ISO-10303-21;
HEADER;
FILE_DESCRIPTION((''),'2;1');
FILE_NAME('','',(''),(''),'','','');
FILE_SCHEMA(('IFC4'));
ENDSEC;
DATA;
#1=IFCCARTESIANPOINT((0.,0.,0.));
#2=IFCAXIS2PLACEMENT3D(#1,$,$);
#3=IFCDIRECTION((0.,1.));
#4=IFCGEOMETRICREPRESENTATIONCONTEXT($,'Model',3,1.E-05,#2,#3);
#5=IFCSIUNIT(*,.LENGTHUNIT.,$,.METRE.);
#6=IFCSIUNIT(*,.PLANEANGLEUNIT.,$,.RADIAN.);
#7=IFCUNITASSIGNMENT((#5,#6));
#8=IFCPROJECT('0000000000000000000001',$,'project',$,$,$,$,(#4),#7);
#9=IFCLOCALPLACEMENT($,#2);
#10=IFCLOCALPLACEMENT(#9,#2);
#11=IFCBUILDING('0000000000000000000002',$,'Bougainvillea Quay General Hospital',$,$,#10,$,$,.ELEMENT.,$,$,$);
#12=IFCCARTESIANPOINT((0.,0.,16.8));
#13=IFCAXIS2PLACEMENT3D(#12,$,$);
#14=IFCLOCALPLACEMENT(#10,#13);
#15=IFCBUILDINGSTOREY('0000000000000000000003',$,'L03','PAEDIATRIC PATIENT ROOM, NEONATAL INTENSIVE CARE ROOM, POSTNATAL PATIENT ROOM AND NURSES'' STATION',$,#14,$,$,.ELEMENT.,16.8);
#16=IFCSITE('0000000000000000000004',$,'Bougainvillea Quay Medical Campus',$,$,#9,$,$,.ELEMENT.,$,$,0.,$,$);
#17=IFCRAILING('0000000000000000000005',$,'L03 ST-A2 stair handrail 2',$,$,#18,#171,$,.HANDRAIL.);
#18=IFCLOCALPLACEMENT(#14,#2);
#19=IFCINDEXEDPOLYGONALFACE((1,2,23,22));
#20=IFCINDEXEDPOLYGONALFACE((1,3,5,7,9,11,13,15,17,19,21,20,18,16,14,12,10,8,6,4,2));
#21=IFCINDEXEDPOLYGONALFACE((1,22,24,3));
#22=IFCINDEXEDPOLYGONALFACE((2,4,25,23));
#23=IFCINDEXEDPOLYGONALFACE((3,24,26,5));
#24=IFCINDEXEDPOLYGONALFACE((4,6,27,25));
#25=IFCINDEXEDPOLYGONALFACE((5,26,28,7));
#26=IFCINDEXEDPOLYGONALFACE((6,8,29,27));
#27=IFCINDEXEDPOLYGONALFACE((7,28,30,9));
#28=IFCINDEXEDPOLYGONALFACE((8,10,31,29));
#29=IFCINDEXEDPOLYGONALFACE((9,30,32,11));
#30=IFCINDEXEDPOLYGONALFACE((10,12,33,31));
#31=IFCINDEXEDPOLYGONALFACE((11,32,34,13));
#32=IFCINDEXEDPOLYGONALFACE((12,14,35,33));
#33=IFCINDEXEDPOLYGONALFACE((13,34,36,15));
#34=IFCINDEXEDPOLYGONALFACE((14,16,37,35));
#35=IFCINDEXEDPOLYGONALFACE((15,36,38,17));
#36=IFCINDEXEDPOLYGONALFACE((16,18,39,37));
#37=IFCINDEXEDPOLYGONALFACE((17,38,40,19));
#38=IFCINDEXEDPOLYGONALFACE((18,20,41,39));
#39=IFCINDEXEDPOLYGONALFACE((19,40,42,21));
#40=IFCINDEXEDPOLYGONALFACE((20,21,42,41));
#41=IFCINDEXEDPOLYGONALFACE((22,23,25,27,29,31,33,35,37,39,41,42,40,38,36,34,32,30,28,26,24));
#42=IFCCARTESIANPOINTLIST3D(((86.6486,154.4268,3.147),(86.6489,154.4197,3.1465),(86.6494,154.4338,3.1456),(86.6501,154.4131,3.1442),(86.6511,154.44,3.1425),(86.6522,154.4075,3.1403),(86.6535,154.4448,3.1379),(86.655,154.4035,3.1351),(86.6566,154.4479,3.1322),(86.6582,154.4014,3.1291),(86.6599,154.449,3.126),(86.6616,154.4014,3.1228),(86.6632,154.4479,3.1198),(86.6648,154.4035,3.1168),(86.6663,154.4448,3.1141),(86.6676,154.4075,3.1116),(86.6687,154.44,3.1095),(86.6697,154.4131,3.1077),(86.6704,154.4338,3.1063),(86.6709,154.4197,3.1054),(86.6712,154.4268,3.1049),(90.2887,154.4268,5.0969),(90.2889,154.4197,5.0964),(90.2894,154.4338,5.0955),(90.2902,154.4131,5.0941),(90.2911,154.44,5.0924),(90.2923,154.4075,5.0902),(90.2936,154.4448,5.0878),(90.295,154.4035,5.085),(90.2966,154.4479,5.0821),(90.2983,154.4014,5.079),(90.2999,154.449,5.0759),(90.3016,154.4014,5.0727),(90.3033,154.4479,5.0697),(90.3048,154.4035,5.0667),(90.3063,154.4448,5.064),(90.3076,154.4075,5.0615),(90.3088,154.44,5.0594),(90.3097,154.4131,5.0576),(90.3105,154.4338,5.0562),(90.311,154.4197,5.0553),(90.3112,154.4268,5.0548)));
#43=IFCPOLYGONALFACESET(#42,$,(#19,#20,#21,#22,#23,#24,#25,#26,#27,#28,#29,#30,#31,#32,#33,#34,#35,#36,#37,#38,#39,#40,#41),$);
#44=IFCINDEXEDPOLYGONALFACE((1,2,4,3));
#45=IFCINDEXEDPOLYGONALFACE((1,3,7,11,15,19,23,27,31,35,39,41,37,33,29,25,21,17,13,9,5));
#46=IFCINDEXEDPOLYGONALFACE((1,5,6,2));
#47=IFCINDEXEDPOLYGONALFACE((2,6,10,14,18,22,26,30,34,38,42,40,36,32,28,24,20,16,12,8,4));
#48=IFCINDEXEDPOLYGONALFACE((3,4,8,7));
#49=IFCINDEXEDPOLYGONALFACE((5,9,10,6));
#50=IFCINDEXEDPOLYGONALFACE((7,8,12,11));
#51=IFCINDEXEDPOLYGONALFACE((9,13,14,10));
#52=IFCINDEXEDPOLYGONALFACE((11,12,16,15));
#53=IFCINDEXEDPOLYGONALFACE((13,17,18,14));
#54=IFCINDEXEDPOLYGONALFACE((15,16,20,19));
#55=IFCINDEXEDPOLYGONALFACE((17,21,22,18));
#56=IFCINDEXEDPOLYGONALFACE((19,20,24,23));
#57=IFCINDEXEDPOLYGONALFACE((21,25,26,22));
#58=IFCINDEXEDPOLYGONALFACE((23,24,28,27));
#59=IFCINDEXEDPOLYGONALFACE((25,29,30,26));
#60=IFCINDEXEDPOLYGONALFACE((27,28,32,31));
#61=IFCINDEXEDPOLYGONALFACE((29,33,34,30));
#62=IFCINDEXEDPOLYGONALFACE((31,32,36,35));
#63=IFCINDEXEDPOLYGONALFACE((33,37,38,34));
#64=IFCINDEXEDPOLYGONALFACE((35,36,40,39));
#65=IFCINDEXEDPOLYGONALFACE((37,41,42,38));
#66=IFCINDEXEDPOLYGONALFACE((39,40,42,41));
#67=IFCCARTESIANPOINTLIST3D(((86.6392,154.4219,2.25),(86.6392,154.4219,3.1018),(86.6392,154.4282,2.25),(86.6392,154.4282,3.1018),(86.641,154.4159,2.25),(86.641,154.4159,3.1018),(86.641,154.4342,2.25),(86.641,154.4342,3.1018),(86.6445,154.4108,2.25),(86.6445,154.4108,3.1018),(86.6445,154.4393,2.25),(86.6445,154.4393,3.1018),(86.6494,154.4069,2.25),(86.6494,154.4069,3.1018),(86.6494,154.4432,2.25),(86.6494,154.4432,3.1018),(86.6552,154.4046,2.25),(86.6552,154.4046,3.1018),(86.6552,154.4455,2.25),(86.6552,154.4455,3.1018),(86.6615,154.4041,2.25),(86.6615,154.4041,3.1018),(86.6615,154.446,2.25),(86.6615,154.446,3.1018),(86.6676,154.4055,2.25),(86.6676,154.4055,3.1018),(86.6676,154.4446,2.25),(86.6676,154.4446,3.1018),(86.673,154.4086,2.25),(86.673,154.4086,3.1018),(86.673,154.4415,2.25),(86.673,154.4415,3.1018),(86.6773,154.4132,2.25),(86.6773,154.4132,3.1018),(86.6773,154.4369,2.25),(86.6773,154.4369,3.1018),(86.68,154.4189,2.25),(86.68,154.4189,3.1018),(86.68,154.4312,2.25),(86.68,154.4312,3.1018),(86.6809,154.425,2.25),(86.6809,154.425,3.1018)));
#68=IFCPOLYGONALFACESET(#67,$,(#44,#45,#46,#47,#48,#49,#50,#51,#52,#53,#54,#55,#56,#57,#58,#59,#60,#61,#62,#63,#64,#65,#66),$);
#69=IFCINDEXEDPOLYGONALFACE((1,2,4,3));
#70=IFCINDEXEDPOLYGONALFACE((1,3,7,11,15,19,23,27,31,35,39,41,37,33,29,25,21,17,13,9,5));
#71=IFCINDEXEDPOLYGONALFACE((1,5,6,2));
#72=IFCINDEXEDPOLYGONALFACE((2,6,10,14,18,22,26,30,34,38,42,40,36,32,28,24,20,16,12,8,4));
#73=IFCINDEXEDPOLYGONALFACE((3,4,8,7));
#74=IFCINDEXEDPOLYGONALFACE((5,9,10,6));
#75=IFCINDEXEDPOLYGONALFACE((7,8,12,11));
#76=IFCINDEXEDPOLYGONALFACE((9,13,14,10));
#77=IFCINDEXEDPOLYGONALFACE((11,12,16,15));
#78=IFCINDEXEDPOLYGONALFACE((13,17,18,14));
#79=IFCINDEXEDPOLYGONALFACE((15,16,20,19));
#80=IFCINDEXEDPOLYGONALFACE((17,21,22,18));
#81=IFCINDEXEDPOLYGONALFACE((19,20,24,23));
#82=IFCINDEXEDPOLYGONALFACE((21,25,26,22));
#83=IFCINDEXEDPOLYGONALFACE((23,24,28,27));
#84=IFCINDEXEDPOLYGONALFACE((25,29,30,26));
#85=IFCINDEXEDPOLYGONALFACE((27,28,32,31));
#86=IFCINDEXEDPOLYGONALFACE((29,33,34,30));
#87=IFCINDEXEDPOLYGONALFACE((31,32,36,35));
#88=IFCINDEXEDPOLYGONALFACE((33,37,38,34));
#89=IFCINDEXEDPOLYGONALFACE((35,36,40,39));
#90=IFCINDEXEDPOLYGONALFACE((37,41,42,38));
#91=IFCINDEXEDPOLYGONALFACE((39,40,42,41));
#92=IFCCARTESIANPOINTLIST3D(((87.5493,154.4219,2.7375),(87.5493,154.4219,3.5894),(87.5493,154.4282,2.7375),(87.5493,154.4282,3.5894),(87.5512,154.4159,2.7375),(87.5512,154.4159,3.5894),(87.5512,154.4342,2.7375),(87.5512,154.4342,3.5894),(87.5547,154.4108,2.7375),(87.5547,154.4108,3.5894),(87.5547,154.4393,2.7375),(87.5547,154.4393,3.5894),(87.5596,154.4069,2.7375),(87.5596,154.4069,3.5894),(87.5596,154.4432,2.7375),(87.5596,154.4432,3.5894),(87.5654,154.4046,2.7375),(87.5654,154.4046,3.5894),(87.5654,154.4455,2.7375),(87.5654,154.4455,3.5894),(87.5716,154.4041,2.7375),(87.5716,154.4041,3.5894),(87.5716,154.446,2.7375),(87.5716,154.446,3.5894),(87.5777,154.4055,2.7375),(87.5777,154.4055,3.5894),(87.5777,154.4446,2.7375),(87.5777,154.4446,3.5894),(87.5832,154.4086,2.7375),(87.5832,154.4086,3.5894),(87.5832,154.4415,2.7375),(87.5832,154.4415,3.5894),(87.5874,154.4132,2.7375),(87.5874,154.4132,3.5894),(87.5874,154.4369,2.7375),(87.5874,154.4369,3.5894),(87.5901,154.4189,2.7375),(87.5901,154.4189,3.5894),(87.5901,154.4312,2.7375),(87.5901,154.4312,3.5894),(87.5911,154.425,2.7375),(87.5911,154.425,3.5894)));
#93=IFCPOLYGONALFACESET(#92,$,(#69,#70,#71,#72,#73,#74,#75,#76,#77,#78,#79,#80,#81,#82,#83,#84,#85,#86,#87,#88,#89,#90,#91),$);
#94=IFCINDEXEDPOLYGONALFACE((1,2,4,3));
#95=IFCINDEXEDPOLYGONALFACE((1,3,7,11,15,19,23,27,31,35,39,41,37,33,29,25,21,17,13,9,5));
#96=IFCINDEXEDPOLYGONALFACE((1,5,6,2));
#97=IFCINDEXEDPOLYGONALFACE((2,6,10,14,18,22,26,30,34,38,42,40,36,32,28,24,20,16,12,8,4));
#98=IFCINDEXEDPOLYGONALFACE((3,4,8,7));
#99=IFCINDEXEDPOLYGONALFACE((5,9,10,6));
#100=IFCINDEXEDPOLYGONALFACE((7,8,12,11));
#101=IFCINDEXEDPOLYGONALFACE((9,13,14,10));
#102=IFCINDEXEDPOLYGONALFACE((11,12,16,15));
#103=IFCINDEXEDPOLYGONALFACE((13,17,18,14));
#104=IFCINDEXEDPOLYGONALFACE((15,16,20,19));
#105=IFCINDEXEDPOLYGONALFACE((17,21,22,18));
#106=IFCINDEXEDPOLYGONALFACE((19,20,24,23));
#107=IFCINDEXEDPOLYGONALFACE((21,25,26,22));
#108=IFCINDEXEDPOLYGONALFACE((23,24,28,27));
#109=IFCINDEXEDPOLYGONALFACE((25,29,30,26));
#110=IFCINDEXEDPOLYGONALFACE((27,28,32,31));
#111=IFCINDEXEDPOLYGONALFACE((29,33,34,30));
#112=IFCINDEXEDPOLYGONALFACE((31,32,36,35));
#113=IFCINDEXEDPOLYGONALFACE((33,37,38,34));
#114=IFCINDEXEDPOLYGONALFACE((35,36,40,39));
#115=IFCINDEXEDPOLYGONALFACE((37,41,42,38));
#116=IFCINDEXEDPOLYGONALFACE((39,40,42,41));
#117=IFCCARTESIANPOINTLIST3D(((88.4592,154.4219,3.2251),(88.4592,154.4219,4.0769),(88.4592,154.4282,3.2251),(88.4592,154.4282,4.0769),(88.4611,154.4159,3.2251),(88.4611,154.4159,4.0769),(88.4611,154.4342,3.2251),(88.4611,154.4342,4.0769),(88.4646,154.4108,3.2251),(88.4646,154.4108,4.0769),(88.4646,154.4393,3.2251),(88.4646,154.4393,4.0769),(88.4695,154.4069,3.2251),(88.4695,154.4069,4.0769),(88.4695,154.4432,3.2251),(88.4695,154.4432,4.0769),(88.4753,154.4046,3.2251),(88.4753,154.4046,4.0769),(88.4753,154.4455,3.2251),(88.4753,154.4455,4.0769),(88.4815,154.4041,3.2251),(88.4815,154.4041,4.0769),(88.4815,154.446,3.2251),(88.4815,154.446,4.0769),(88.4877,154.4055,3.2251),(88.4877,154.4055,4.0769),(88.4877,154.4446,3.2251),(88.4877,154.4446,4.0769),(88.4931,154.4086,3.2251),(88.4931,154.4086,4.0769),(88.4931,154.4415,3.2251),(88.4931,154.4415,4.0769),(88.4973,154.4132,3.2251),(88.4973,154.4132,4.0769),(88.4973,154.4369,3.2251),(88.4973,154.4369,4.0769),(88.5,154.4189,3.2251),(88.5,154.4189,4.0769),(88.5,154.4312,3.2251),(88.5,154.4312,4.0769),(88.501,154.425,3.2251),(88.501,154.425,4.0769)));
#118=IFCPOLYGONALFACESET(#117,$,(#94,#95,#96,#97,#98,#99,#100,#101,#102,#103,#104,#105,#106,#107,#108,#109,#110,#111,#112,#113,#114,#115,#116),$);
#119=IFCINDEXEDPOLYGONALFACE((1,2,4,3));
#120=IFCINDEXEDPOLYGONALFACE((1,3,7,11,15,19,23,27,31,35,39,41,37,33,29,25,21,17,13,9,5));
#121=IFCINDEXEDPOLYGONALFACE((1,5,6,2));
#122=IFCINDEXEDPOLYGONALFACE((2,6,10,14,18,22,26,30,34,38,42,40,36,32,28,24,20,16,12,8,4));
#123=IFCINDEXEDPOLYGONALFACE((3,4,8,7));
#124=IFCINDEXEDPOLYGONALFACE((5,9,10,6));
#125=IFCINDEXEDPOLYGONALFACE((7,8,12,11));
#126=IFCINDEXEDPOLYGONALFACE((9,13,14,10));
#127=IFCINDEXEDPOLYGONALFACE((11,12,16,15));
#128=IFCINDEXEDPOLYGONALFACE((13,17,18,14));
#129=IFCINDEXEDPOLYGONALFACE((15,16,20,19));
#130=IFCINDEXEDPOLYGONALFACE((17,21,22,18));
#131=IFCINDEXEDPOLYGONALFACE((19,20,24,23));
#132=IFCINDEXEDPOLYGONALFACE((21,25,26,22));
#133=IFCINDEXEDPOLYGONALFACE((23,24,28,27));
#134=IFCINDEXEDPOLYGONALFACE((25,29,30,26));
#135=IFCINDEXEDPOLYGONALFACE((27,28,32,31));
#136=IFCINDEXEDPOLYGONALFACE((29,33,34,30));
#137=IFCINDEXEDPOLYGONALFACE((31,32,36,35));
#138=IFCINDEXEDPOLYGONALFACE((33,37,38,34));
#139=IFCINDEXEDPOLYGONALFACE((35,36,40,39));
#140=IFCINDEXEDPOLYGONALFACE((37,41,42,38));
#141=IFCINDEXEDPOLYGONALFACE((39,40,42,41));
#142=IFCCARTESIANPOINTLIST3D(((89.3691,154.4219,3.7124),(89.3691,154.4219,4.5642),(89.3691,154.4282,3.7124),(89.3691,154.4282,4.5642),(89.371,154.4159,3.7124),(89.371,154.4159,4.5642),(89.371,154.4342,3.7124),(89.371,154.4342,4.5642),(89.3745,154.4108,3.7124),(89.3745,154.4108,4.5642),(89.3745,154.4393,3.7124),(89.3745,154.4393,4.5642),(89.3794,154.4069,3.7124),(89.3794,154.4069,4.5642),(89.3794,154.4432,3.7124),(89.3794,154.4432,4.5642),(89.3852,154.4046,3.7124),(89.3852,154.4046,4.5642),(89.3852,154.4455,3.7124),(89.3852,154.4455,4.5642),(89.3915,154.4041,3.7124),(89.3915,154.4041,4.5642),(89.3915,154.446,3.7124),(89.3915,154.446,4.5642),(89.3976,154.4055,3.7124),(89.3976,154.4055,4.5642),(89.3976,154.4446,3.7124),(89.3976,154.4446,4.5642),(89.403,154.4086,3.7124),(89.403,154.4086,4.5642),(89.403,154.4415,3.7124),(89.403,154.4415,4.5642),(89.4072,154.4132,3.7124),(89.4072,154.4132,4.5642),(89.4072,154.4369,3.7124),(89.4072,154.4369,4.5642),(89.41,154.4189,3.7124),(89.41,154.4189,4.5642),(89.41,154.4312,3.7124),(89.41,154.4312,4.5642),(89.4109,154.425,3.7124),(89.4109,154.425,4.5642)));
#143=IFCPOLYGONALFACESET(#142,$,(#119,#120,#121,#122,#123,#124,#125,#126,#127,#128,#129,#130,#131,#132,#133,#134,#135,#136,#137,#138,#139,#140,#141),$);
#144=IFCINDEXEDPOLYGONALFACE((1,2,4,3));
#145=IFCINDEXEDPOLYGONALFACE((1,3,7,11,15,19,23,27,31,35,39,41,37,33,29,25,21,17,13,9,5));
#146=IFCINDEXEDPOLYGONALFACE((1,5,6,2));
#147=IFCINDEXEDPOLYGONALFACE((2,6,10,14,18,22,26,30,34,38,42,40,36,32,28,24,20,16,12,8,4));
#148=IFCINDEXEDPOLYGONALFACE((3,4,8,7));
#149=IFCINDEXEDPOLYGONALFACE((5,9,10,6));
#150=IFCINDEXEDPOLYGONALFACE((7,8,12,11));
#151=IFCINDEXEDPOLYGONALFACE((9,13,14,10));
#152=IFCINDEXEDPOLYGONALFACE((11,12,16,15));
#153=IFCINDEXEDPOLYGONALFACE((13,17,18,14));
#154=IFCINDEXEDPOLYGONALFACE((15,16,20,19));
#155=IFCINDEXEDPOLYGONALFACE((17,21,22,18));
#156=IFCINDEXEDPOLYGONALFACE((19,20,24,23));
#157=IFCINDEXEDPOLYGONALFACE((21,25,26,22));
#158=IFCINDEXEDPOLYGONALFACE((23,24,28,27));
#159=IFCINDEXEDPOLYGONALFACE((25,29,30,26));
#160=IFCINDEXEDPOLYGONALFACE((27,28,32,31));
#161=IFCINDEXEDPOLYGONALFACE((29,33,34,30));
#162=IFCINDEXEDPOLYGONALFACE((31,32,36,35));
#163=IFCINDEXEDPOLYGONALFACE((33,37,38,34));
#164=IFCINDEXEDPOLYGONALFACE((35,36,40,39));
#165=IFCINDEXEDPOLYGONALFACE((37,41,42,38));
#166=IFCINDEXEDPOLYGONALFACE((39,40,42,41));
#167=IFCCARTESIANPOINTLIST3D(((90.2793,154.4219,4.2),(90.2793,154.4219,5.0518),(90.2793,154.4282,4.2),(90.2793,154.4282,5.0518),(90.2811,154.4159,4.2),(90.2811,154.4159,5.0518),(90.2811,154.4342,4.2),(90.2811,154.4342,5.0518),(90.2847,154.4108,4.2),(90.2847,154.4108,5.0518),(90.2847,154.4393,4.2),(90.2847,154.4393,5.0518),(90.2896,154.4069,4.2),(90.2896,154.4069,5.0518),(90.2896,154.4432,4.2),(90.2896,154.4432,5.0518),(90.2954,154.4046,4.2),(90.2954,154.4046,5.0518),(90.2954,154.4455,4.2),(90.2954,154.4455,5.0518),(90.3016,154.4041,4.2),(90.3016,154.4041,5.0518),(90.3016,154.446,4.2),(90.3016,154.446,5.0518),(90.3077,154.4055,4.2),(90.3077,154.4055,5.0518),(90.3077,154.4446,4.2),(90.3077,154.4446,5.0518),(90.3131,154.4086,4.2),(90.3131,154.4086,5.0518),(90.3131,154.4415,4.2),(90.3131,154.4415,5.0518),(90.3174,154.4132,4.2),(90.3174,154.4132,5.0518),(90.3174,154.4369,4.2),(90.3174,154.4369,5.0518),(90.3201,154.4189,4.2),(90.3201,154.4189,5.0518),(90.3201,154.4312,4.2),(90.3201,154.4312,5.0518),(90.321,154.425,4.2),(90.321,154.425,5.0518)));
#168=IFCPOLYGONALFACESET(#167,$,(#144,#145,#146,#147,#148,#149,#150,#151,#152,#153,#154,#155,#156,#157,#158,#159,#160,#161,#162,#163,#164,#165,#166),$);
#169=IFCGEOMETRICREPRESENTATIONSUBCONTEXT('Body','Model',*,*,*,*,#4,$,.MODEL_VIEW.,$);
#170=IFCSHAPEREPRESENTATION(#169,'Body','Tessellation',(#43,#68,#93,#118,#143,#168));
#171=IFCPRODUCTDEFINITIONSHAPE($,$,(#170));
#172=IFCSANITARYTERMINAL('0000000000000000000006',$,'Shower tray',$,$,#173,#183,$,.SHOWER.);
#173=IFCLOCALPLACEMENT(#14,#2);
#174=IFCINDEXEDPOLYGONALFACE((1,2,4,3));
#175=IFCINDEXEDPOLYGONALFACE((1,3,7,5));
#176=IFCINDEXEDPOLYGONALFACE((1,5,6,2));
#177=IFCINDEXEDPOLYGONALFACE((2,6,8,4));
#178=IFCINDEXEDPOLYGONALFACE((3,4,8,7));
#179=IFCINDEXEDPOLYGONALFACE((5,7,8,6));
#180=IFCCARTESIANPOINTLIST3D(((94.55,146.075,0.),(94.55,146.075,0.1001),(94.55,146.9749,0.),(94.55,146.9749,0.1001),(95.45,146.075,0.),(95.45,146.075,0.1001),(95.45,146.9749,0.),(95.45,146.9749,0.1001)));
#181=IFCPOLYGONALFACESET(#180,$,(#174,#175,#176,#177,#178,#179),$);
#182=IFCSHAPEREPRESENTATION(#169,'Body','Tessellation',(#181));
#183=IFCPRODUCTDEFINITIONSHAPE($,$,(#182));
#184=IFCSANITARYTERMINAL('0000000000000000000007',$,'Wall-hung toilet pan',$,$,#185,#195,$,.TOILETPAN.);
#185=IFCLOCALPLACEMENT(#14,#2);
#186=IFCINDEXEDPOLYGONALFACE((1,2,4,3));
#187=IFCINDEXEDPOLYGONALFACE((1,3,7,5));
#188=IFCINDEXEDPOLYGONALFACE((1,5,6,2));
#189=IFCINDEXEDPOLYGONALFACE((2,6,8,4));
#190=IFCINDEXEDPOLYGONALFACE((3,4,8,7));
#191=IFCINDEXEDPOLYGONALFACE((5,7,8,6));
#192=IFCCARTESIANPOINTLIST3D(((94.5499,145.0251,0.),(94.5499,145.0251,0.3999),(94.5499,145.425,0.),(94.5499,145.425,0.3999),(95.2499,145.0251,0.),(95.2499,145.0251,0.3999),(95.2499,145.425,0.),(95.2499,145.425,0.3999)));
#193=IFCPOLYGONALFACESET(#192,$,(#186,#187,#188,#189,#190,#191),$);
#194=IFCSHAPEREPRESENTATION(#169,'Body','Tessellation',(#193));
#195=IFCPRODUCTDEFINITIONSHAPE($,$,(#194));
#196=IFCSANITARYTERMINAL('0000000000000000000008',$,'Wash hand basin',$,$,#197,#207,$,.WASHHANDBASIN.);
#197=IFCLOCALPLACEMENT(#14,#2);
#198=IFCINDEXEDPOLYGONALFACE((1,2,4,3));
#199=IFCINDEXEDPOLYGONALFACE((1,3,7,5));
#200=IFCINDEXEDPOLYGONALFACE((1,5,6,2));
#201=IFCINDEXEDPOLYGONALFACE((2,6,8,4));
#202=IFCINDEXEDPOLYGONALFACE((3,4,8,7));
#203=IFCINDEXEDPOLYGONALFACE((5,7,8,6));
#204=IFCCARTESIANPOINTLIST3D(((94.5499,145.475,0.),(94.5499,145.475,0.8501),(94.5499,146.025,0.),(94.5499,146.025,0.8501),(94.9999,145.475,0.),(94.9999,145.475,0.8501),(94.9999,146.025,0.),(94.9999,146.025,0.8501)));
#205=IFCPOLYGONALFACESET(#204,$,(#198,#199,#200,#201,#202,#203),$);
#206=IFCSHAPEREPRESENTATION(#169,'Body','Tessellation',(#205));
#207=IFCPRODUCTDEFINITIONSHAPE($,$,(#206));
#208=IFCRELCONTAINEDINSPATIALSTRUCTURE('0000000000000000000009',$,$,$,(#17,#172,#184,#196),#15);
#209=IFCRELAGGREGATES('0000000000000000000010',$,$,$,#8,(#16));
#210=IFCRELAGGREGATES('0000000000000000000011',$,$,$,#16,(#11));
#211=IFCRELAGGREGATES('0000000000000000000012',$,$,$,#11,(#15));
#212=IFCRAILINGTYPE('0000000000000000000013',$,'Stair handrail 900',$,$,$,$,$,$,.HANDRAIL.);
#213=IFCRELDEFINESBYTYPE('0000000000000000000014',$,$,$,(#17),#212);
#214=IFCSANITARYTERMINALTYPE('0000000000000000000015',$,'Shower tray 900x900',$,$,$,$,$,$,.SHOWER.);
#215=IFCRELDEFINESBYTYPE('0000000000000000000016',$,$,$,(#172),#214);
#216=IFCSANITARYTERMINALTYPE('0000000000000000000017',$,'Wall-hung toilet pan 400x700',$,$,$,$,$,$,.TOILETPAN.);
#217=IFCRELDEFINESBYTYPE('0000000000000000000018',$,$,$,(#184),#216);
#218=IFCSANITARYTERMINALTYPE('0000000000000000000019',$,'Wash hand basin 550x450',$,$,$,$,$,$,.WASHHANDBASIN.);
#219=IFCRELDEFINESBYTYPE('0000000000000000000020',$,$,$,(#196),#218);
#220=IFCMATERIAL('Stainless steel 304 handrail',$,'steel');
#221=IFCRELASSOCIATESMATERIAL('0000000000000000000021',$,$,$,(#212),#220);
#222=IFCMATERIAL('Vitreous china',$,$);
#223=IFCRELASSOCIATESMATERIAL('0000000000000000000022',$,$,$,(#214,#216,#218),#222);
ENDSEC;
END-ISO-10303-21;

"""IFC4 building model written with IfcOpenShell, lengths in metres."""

from ifc_helpers import new_model, si_unit, direction, frame, origin, origin_2d, place, context, subcontext, project, spatial, rectangle, circle, extrude, material, type_object, element, save


model = new_model("IFC4")

# Units and contexts
model_context = context("Model", 3, precision=1e-05, world=origin(), true_north=direction((0.0, 1.0)))
body_context = subcontext(model_context, "Body", "Model", "MODEL_VIEW")
ifc_project = project(units=[si_unit("LENGTHUNIT", "METRE"), si_unit("PLANEANGLEUNIT", "RADIAN")], contexts=[model_context])

# Site, building, storey
site_placement = place(None, origin())
site = spatial("IfcSite", under=ifc_project, at=site_placement, Name="Bougainvillea Quay Medical Campus", CompositionType="ELEMENT", RefElevation=0.0)
building_placement = place(site_placement, origin())
building = spatial("IfcBuilding", under=site, at=building_placement, Name="Bougainvillea Quay General Hospital", CompositionType="ELEMENT")
storey_placement = place(building_placement, frame((0.0, 0.0, 16.8)))
storey = spatial("IfcBuildingStorey", under=building, at=storey_placement, Name="L03", Description="PAEDIATRIC PATIENT ROOM, NEONATAL INTENSIVE CARE ROOM, POSTNATAL PATIENT ROOM AND NURSES' STATION", CompositionType="ELEMENT", Elevation=16.8)

# Railing
ifc_material_1 = material(Name="Stainless steel 304 handrail", Category="steel")
railing_type_1 = type_object("IfcRailingType", Name="Stair handrail 900", PredefinedType="HANDRAIL", material=ifc_material_1)
railing_1_placement = place(storey_placement, frame((86.6599, 154.425, 2.25)))
element("IfcRailing", 1, at=railing_1_placement, inside=storey, type_object=railing_type_1, Name="L03 ST-A2 stair handrail 2", PredefinedType="HANDRAIL", context=body_context, shape_type="SweptSolid", body=[
    extrude(circle(Radius=0.0239, at=origin_2d()), frame((0.0, 0.0, 0.876), z_axis=(0.881492, 0.0, 0.472198), x_axis=(0.0, 1.0, 0.0)), (0.0, 0.0, 1.0), 4.1294),
    extrude(circle(Radius=0.021, at=origin_2d()), origin(), (0.0, 0.0, 1.0), 0.8518),
    extrude(circle(Radius=0.021, at=origin_2d()), frame((0.9102, 0.0, 0.4875)), (0.0, 0.0, 1.0), 0.8518),
    extrude(circle(Radius=0.021, at=origin_2d()), frame((1.8201, 0.0, 0.9751)), (0.0, 0.0, 1.0), 0.8518),
    extrude(circle(Radius=0.021, at=origin_2d()), frame((2.73, 0.0, 1.4624)), (0.0, 0.0, 1.0), 0.8518),
    extrude(circle(Radius=0.021, at=origin_2d()), frame((3.6401, 0.0, 1.95)), (0.0, 0.0, 1.0), 0.8518),
])

# Sanitary terminals
ifc_material_2 = material(Name="Vitreous china")
sanitary_terminal_type_1 = type_object("IfcSanitaryTerminalType", Name="Shower tray 900x900", PredefinedType="SHOWER", material=ifc_material_2)
sanitary_terminal_1_placement = place(storey_placement, frame((95.0, 146.5249, 0.0), z_axis=(0.0, 0.0, 1.0), x_axis=(0.0, 1.0, 0.0)))
element("IfcSanitaryTerminal", 2, at=sanitary_terminal_1_placement, inside=storey, type_object=sanitary_terminal_type_1, Name="Shower tray", PredefinedType="SHOWER", context=body_context, shape_type="SweptSolid", body=[
    extrude(rectangle(XDim=0.8999, YDim=0.8999, at=origin_2d()), origin(), (0.0, 0.0, 1.0), 0.1001),
])
sanitary_terminal_type_2 = type_object("IfcSanitaryTerminalType", Name="Wall-hung toilet pan 400x700", PredefinedType="TOILETPAN", material=ifc_material_2)
sanitary_terminal_2_placement = place(storey_placement, frame((94.8999, 145.2251, 0.0), z_axis=(0.0, 0.0, 1.0), x_axis=(0.0, 1.0, 0.0)))
element("IfcSanitaryTerminal", 3, at=sanitary_terminal_2_placement, inside=storey, type_object=sanitary_terminal_type_2, Name="Wall-hung toilet pan", PredefinedType="TOILETPAN", context=body_context, shape_type="SweptSolid", body=[
    extrude(rectangle(XDim=0.3999, YDim=0.7, at=origin_2d()), origin(), (0.0, 0.0, 1.0), 0.3999),
])
sanitary_terminal_type_3 = type_object("IfcSanitaryTerminalType", Name="Wash hand basin 550x450", PredefinedType="WASHHANDBASIN", material=ifc_material_2)
sanitary_terminal_3_placement = place(storey_placement, frame((94.7749, 145.75, 0.0), z_axis=(0.0, 0.0, 1.0), x_axis=(0.0, 1.0, 0.0)))
element("IfcSanitaryTerminal", 4, at=sanitary_terminal_3_placement, inside=storey, type_object=sanitary_terminal_type_3, Name="Wash hand basin", PredefinedType="WASHHANDBASIN", context=body_context, shape_type="SweptSolid", body=[
    extrude(rectangle(XDim=0.55, YDim=0.45, at=origin_2d()), origin(), (0.0, 0.0, 1.0), 0.8501),
])

save(model, "model.ifc")
